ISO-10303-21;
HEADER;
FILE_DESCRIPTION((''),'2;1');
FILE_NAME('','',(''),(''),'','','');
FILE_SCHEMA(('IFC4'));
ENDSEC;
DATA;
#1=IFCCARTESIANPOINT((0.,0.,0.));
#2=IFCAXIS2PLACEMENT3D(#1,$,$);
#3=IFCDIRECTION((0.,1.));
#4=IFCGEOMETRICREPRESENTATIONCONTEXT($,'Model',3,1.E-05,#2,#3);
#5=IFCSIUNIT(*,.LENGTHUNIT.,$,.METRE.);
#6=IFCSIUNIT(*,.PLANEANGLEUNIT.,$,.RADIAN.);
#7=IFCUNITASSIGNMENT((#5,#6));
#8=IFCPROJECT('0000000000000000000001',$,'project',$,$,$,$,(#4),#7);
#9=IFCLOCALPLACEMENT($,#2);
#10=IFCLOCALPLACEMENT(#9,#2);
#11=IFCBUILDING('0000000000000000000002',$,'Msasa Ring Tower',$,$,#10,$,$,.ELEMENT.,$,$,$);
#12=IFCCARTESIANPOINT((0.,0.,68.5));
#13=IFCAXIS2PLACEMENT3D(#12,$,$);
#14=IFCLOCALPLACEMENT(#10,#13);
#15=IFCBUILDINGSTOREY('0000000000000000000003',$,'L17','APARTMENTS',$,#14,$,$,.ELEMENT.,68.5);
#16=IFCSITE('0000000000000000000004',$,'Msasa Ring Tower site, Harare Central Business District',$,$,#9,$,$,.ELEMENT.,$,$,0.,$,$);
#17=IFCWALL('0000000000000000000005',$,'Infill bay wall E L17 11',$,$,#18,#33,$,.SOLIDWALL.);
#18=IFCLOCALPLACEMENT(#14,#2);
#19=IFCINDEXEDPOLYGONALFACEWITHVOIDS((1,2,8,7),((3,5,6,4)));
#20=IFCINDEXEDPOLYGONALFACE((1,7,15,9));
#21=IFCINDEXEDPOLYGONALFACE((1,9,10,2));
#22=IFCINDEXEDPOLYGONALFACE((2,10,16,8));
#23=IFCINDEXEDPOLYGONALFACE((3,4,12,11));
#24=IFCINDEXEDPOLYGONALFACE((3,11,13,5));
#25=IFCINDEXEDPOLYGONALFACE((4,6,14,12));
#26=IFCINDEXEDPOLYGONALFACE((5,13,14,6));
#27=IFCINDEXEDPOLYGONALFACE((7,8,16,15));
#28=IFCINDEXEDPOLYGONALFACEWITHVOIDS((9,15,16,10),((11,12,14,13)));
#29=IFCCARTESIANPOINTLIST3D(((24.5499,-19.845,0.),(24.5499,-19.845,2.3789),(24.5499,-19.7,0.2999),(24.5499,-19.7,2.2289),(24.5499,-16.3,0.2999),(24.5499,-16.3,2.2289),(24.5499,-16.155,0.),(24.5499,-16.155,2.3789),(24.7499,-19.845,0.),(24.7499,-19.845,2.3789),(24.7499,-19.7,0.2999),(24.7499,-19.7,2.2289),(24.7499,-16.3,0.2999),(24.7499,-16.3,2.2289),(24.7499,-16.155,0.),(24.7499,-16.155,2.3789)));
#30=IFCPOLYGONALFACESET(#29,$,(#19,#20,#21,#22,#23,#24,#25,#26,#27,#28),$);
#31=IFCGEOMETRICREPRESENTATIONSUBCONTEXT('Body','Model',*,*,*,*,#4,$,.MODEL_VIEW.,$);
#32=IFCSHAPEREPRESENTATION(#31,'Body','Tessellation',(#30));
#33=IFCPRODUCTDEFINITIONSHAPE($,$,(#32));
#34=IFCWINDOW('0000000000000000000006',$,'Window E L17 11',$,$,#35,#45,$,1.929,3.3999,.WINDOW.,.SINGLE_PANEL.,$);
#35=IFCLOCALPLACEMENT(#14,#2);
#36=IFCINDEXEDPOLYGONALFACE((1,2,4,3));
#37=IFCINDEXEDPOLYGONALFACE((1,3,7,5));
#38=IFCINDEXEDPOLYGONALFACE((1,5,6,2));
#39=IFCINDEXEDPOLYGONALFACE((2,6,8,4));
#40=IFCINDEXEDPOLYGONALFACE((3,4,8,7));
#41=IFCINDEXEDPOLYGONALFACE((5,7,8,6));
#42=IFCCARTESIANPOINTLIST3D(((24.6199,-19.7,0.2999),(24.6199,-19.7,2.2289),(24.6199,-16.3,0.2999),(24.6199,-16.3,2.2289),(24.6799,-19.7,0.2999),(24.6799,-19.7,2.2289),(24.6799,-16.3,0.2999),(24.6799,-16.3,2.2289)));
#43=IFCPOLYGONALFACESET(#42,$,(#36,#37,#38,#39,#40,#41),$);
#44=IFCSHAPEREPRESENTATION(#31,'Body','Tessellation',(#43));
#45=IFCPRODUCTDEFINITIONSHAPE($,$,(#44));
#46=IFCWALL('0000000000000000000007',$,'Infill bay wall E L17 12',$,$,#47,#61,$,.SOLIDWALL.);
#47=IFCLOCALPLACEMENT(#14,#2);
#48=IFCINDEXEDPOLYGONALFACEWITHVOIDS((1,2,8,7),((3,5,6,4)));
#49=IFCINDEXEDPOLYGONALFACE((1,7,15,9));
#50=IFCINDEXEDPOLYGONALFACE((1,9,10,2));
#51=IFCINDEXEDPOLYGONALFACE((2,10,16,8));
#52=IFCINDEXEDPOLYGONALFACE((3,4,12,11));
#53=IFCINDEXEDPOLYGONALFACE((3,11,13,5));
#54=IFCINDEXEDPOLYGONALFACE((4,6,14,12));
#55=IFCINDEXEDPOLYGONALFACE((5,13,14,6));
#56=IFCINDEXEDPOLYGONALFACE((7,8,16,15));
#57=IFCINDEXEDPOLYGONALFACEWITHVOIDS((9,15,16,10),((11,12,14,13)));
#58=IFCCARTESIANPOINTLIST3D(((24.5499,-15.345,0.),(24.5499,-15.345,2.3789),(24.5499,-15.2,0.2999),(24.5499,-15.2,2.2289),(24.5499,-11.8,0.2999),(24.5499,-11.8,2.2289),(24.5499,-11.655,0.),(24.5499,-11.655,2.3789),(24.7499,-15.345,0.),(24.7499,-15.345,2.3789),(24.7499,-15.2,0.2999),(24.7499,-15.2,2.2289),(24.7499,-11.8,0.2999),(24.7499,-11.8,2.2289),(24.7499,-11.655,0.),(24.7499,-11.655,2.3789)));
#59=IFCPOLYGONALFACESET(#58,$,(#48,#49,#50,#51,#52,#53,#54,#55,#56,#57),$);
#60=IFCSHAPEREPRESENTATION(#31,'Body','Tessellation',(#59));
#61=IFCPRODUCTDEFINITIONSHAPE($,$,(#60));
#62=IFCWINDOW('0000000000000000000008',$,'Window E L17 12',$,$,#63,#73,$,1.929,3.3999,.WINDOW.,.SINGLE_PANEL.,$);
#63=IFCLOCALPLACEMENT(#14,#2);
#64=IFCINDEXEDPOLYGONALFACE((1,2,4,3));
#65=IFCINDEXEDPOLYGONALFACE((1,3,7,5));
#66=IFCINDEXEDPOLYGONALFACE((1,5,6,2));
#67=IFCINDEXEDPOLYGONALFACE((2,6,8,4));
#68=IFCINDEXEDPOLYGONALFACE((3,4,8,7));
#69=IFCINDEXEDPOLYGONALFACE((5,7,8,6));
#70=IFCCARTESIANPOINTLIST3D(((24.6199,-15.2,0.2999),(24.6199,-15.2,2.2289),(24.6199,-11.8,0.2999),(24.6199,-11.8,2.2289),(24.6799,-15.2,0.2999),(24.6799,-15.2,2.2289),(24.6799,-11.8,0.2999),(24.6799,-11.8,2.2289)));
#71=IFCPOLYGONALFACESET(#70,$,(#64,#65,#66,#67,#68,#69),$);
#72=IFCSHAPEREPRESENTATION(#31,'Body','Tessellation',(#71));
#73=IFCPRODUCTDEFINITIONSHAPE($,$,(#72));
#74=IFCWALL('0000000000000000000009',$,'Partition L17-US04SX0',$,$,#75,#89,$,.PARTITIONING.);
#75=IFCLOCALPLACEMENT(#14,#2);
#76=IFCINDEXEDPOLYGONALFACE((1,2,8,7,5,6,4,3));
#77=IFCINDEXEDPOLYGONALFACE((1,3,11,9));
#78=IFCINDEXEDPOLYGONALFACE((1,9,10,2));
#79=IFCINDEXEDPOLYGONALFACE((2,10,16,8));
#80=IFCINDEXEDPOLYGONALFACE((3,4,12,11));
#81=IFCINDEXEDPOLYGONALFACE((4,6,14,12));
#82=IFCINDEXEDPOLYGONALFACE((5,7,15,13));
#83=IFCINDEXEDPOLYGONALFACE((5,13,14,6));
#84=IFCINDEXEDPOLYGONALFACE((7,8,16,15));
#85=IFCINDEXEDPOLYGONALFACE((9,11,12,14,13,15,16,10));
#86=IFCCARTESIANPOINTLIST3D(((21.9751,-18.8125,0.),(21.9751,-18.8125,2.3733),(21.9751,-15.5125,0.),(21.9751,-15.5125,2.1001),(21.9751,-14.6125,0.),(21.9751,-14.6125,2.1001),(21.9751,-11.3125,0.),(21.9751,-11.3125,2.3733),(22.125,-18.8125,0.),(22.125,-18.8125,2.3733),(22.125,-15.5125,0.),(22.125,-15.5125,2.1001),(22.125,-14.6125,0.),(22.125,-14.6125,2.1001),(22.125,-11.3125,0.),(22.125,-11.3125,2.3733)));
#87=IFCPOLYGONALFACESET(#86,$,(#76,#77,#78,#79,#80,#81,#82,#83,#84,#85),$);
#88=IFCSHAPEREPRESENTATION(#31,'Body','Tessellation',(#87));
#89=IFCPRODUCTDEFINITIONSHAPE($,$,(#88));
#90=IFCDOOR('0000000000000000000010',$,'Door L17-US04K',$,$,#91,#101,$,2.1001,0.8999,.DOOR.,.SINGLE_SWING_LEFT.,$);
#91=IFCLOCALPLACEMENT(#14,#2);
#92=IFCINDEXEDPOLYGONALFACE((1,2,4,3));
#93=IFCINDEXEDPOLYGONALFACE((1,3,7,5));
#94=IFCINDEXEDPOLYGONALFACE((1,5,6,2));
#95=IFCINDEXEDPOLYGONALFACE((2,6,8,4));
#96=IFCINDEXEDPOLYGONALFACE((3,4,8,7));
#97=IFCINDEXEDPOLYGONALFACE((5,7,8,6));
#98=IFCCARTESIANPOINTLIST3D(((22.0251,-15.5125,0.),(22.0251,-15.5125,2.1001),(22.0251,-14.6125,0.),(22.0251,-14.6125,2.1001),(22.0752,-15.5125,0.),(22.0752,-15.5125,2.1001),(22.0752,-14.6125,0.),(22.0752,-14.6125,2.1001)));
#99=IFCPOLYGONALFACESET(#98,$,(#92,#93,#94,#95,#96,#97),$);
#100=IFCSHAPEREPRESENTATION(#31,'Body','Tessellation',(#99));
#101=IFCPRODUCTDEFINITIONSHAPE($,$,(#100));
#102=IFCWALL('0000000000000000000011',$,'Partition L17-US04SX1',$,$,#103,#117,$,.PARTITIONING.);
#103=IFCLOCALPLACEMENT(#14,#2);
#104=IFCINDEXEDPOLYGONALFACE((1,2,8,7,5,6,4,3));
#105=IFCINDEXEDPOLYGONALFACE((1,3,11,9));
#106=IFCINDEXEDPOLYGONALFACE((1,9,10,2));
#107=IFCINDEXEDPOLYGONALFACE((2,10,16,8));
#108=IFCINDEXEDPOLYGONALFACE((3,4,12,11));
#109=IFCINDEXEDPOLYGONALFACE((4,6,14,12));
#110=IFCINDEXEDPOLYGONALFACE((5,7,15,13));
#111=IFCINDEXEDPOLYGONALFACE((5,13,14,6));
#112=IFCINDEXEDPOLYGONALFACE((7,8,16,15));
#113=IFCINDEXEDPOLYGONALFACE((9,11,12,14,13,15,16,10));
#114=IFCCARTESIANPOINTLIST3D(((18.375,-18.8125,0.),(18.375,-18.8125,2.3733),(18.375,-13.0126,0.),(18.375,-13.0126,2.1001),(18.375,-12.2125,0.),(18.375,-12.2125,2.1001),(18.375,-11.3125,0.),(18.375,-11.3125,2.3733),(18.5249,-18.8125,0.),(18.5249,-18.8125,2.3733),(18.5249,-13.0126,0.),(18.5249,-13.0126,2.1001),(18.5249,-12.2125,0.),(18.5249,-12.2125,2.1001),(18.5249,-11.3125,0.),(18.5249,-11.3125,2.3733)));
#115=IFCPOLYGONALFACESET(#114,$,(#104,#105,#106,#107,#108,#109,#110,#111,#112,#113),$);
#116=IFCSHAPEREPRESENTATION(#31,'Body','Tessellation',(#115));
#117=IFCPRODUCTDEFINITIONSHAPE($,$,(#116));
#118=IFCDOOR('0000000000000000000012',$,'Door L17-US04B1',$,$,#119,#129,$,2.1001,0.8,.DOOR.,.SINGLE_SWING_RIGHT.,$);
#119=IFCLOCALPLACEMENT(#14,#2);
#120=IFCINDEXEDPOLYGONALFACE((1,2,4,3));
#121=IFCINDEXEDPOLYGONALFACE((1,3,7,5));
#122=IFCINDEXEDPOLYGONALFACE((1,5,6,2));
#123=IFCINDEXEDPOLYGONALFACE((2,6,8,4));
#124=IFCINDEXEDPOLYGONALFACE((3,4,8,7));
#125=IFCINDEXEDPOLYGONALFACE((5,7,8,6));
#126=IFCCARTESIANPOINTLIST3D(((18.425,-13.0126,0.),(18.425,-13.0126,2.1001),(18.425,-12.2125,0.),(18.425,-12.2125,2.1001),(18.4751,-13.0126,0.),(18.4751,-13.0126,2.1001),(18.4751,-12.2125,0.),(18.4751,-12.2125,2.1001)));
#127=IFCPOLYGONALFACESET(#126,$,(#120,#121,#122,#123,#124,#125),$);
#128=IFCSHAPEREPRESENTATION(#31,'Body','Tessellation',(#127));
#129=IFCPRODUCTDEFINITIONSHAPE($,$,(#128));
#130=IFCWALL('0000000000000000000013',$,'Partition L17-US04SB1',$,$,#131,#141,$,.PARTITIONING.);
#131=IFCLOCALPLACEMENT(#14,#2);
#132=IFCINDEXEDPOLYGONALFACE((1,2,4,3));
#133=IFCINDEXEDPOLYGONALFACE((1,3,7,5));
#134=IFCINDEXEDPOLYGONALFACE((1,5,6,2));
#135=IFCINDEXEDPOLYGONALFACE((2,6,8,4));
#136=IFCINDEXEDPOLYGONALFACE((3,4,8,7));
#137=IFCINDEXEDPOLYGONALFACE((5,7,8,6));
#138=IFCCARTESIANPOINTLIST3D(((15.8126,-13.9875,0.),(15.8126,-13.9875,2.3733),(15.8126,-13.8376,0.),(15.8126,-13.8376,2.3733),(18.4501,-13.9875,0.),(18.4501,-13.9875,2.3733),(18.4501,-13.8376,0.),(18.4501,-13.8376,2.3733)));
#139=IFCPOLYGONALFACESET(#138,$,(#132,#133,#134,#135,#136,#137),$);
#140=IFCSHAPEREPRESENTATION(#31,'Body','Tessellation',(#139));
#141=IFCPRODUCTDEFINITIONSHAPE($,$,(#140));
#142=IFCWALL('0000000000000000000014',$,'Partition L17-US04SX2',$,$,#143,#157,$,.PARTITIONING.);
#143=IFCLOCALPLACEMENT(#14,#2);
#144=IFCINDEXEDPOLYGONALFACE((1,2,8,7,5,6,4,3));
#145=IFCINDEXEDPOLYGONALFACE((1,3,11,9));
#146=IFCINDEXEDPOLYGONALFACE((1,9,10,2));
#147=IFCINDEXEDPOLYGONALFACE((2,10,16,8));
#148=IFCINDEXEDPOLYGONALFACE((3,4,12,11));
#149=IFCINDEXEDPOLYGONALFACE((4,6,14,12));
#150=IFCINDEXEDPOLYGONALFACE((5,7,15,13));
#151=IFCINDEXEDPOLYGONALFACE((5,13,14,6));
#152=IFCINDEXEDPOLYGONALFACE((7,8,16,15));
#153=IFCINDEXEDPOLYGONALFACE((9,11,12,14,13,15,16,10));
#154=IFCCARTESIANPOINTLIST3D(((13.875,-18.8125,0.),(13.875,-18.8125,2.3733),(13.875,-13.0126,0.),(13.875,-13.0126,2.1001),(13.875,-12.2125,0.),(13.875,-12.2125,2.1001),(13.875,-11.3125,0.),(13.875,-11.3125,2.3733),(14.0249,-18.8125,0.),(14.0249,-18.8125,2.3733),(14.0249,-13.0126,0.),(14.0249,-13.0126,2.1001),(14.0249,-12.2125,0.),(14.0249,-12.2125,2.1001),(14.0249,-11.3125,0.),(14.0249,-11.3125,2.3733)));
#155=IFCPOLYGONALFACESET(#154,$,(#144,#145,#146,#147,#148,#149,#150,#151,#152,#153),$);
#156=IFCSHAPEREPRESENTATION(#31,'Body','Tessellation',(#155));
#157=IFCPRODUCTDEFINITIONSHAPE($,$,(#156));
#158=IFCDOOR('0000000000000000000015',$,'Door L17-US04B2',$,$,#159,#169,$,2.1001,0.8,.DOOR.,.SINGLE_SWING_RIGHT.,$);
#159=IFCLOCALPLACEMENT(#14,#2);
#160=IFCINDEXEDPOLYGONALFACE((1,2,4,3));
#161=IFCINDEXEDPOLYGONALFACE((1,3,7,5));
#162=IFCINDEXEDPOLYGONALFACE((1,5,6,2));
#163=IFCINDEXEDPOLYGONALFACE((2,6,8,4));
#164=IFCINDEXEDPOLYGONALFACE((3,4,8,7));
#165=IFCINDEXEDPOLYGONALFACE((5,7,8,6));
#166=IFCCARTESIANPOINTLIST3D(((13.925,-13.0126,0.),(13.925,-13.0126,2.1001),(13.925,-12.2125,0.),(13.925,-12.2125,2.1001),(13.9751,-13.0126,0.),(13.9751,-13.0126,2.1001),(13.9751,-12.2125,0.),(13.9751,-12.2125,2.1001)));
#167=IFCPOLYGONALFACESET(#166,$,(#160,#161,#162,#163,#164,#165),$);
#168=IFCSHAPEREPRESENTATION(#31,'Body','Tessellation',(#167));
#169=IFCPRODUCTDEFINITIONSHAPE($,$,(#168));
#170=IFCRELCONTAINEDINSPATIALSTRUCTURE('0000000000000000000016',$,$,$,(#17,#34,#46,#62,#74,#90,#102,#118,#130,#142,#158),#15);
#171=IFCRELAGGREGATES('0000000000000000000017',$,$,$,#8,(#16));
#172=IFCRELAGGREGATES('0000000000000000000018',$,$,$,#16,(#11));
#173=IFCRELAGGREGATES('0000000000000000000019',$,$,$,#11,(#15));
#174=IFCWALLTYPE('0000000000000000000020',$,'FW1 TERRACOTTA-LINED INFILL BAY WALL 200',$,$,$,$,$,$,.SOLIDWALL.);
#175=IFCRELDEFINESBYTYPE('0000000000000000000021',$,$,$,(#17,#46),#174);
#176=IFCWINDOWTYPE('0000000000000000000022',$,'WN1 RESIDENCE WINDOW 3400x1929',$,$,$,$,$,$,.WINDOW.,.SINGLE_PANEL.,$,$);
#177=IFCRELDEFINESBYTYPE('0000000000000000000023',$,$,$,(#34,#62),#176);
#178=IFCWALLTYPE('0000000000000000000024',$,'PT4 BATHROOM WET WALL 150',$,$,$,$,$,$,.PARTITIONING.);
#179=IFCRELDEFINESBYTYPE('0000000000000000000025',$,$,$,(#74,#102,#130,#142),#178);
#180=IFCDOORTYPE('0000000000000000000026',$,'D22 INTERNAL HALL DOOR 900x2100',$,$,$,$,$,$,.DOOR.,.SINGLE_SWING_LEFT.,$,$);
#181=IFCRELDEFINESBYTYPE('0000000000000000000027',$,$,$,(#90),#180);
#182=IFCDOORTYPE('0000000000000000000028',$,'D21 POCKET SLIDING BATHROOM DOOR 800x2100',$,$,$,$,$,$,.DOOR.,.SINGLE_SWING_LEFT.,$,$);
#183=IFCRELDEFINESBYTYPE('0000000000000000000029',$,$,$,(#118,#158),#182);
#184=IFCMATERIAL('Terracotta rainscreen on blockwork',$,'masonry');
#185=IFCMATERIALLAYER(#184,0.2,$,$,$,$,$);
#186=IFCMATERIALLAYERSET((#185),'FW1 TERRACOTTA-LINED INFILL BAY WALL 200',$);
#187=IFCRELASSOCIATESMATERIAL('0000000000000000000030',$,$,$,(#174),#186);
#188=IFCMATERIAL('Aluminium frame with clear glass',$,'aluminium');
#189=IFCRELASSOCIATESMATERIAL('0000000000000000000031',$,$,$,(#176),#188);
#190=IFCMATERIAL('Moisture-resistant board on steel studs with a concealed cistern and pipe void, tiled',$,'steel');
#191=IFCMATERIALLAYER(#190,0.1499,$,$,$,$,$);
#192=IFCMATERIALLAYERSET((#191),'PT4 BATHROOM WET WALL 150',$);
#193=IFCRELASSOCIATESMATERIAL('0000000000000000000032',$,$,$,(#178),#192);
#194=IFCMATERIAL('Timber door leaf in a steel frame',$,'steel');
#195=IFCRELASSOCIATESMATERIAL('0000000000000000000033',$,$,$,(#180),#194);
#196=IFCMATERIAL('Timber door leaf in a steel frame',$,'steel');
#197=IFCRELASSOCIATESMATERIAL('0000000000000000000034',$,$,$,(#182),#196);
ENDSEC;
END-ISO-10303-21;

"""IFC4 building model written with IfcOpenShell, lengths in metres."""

from ifc_helpers import new_model, si_unit, direction, frame, frame_2d, origin, place, context, subcontext, project, spatial, rectangle, extrude, material, layer, layer_set, type_object, element, fill, save


model = new_model("IFC4")

# Units and contexts
model_context = context("Model", 3, precision=1e-05, world=origin(), true_north=direction((0.0, 1.0)))
body_context = subcontext(model_context, "Body", "Model", "MODEL_VIEW")
ifc_project = project(units=[si_unit("LENGTHUNIT", "METRE"), si_unit("PLANEANGLEUNIT", "RADIAN")], contexts=[model_context])

# Site, building, storey
site_placement = place(None, origin())
site = spatial("IfcSite", under=ifc_project, at=site_placement, Name="Msasa Ring Tower site, Harare Central Business District", CompositionType="ELEMENT", RefElevation=0.0)
building_placement = place(site_placement, origin())
building = spatial("IfcBuilding", under=site, at=building_placement, Name="Msasa Ring Tower", CompositionType="ELEMENT")
storey_placement = place(building_placement, frame((0.0, 0.0, 68.5)))
storey = spatial("IfcBuildingStorey", under=building, at=storey_placement, Name="L17", Description="APARTMENTS", CompositionType="ELEMENT", Elevation=68.5)

# Walls, openings, windows
ifc_material_1 = material(Name="Terracotta rainscreen on blockwork", Category="masonry")
ifc_layer_1 = layer(ifc_material_1, 0.2)
ifc_layer_set_1 = layer_set([ifc_layer_1], Name="FW1 TERRACOTTA-LINED INFILL BAY WALL 200")
wall_type_1 = type_object("IfcWallType", Name="FW1 TERRACOTTA-LINED INFILL BAY WALL 200", PredefinedType="SOLIDWALL", material=ifc_layer_set_1)
wall_1_placement = place(storey_placement, frame((24.6499, -19.845, 0.0), z_axis=(0.0, 0.0, 1.0), x_axis=(0.0, 1.0, 0.0)))
wall_1 = element("IfcWall", 1, at=wall_1_placement, inside=storey, type_object=wall_type_1, Name="Infill bay wall E L17 11", PredefinedType="SOLIDWALL", context=body_context, shape_type="SweptSolid", body=[
    extrude(rectangle(XDim=3.6899, YDim=0.2, at=frame_2d((1.845, 0.0))), origin(), (0.0, 0.0, 1.0), 2.3789),
])
opening_1_placement = place(wall_1_placement, frame((0.145, 0.0, 0.3)))
opening_1 = element("IfcOpeningElement", 2, at=opening_1_placement, cuts=wall_1, PredefinedType="OPENING", context=body_context, shape_type="SweptSolid", body=[
    extrude(rectangle(XDim=3.3999, YDim=1.929, at=frame_2d((1.7, 0.9644))), frame((0.0, 0.1099, 0.0), z_axis=(0.0, -1.0, 0.0), x_axis=(1.0, 0.0, 0.0)), (0.0, 0.0, 1.0), 0.22),
])
ifc_material_2 = material(Name="Aluminium frame with clear glass", Category="aluminium")
window_type = type_object("IfcWindowType", Name="WN1 RESIDENCE WINDOW 3400x1929", PartitioningType="SINGLE_PANEL", PredefinedType="WINDOW", material=ifc_material_2)
window_1_placement = place(opening_1_placement, origin())
window_1 = element("IfcWindow", 3, at=window_1_placement, inside=storey, type_object=window_type, Name="Window E L17 11", OverallHeight=1.929, OverallWidth=3.3999, PartitioningType="SINGLE_PANEL", PredefinedType="WINDOW", context=body_context, shape_type="SweptSolid", body=[
    extrude(rectangle(XDim=3.3999, YDim=1.929, at=frame_2d((1.7, 0.9644))), frame((0.0, 0.03, 0.0), z_axis=(0.0, -1.0, 0.0), x_axis=(1.0, 0.0, 0.0)), (0.0, 0.0, 1.0), 0.0601),
])
fill(opening_1, window_1)
wall_2_placement = place(storey_placement, frame((24.6499, -15.345, 0.0), z_axis=(0.0, 0.0, 1.0), x_axis=(0.0, 1.0, 0.0)))
wall_2 = element("IfcWall", 4, at=wall_2_placement, inside=storey, type_object=wall_type_1, Name="Infill bay wall E L17 12", PredefinedType="SOLIDWALL", context=body_context, shape_type="SweptSolid", body=[
    extrude(rectangle(XDim=3.6899, YDim=0.2, at=frame_2d((1.845, 0.0))), origin(), (0.0, 0.0, 1.0), 2.3789),
])
opening_2_placement = place(wall_2_placement, frame((0.145, 0.0, 0.3)))
opening_2 = element("IfcOpeningElement", 5, at=opening_2_placement, cuts=wall_2, PredefinedType="OPENING", context=body_context, shape_type="SweptSolid", body=[
    extrude(rectangle(XDim=3.3999, YDim=1.929, at=frame_2d((1.7, 0.9644))), frame((0.0, 0.1099, 0.0), z_axis=(0.0, -1.0, 0.0), x_axis=(1.0, 0.0, 0.0)), (0.0, 0.0, 1.0), 0.22),
])
window_2_placement = place(opening_2_placement, origin())
window_2 = element("IfcWindow", 6, at=window_2_placement, inside=storey, type_object=window_type, Name="Window E L17 12", OverallHeight=1.929, OverallWidth=3.3999, PartitioningType="SINGLE_PANEL", PredefinedType="WINDOW", context=body_context, shape_type="SweptSolid", body=[
    extrude(rectangle(XDim=3.3999, YDim=1.929, at=frame_2d((1.7, 0.9644))), frame((0.0, 0.03, 0.0), z_axis=(0.0, -1.0, 0.0), x_axis=(1.0, 0.0, 0.0)), (0.0, 0.0, 1.0), 0.0601),
])
fill(opening_2, window_2)

# Walls, openings, doors
ifc_material_3 = material(Name="Moisture-resistant board on steel studs with a concealed cistern and pipe void, tiled", Category="steel")
ifc_layer_2 = layer(ifc_material_3, 0.1499)
ifc_layer_set_2 = layer_set([ifc_layer_2], Name="PT4 BATHROOM WET WALL 150")
wall_type_2 = type_object("IfcWallType", Name="PT4 BATHROOM WET WALL 150", PredefinedType="PARTITIONING", material=ifc_layer_set_2)
wall_3_placement = place(storey_placement, frame((22.05, -18.8125, 0.0), z_axis=(0.0, 0.0, 1.0), x_axis=(0.0, 1.0, 0.0)))
wall_3 = element("IfcWall", 7, at=wall_3_placement, inside=storey, type_object=wall_type_2, Name="Partition L17-US04SX0", PredefinedType="PARTITIONING", context=body_context, shape_type="SweptSolid", body=[
    extrude(rectangle(XDim=7.5, YDim=0.1499, at=frame_2d((3.75, 0.0))), origin(), (0.0, 0.0, 1.0), 2.3733),
])
opening_3_placement = place(wall_3_placement, frame((3.3, 0.0, 0.0)))
opening_3 = element("IfcOpeningElement", 8, at=opening_3_placement, cuts=wall_3, PredefinedType="OPENING", context=body_context, shape_type="SweptSolid", body=[
    extrude(rectangle(XDim=0.8999, YDim=2.1001, at=frame_2d((0.45, 1.05))), frame((0.0, 0.085, 0.0), z_axis=(0.0, -1.0, 0.0), x_axis=(1.0, 0.0, 0.0)), (0.0, 0.0, 1.0), 0.1699),
])
ifc_material_4 = material(Name="Timber door leaf in a steel frame", Category="steel")
door_type_1 = type_object("IfcDoorType", Name="D22 INTERNAL HALL DOOR 900x2100", OperationType="SINGLE_SWING_LEFT", PredefinedType="DOOR", material=ifc_material_4)
door_1_placement = place(opening_3_placement, origin())
door_1 = element("IfcDoor", 9, at=door_1_placement, inside=storey, type_object=door_type_1, Name="Door L17-US04K", OperationType="SINGLE_SWING_LEFT", OverallHeight=2.1001, OverallWidth=0.8999, PredefinedType="DOOR", context=body_context, shape_type="SweptSolid", body=[
    extrude(rectangle(XDim=0.8999, YDim=2.1001, at=frame_2d((0.45, 1.05))), frame((0.0, 0.0249, 0.0), z_axis=(0.0, -1.0, 0.0), x_axis=(1.0, 0.0, 0.0)), (0.0, 0.0, 1.0), 0.05),
])
fill(opening_3, door_1)
wall_4_placement = place(storey_placement, frame((18.45, -18.8125, 0.0), z_axis=(0.0, 0.0, 1.0), x_axis=(0.0, 1.0, 0.0)))
wall_4 = element("IfcWall", 10, at=wall_4_placement, inside=storey, type_object=wall_type_2, Name="Partition L17-US04SX1", PredefinedType="PARTITIONING", context=body_context, shape_type="SweptSolid", body=[
    extrude(rectangle(XDim=7.5, YDim=0.1499, at=frame_2d((3.75, 0.0))), origin(), (0.0, 0.0, 1.0), 2.3733),
])
opening_4_placement = place(wall_4_placement, frame((5.8, 0.0, 0.0)))
opening_4 = element("IfcOpeningElement", 11, at=opening_4_placement, cuts=wall_4, PredefinedType="OPENING", context=body_context, shape_type="SweptSolid", body=[
    extrude(rectangle(XDim=0.8, YDim=2.1001, at=frame_2d((0.3999, 1.05))), frame((0.0, 0.085, 0.0), z_axis=(0.0, -1.0, 0.0), x_axis=(1.0, 0.0, 0.0)), (0.0, 0.0, 1.0), 0.1699),
])
ifc_material_5 = material(Name="Timber door leaf in a steel frame", Category="steel")
door_type_2 = type_object("IfcDoorType", Name="D21 POCKET SLIDING BATHROOM DOOR 800x2100", OperationType="SINGLE_SWING_LEFT", PredefinedType="DOOR", material=ifc_material_5)
door_2_placement = place(opening_4_placement, origin())
door_2 = element("IfcDoor", 12, at=door_2_placement, inside=storey, type_object=door_type_2, Name="Door L17-US04B1", OperationType="SINGLE_SWING_RIGHT", OverallHeight=2.1001, OverallWidth=0.8, PredefinedType="DOOR", context=body_context, shape_type="SweptSolid", body=[
    extrude(rectangle(XDim=0.8, YDim=2.1001, at=frame_2d((0.3999, 1.05))), frame((0.0, 0.0249, 0.0), z_axis=(0.0, -1.0, 0.0), x_axis=(1.0, 0.0, 0.0)), (0.0, 0.0, 1.0), 0.05),
])
fill(opening_4, door_2)

# Wall
wall_5_placement = place(storey_placement, frame((15.8125, -13.9126, 0.0), z_axis=(0.0, 0.0, 1.0), x_axis=(1.0, 0.0, 0.0)))
element("IfcWall", 13, at=wall_5_placement, inside=storey, type_object=wall_type_2, Name="Partition L17-US04SB1", PredefinedType="PARTITIONING", context=body_context, shape_type="SweptSolid", body=[
    extrude(rectangle(XDim=2.6375, YDim=0.1499, at=frame_2d((1.3188, 0.0))), origin(), (0.0, 0.0, 1.0), 2.3733),
])

# Wall, opening, door
wall_6_placement = place(storey_placement, frame((13.95, -18.8125, 0.0), z_axis=(0.0, 0.0, 1.0), x_axis=(0.0, 1.0, 0.0)))
wall_6 = element("IfcWall", 14, at=wall_6_placement, inside=storey, type_object=wall_type_2, Name="Partition L17-US04SX2", PredefinedType="PARTITIONING", context=body_context, shape_type="SweptSolid", body=[
    extrude(rectangle(XDim=7.5, YDim=0.1499, at=frame_2d((3.75, 0.0))), origin(), (0.0, 0.0, 1.0), 2.3733),
])
opening_5_placement = place(wall_6_placement, frame((5.8, 0.0, 0.0)))
opening_5 = element("IfcOpeningElement", 15, at=opening_5_placement, cuts=wall_6, PredefinedType="OPENING", context=body_context, shape_type="SweptSolid", body=[
    extrude(rectangle(XDim=0.8, YDim=2.1001, at=frame_2d((0.3999, 1.05))), frame((0.0, 0.085, 0.0), z_axis=(0.0, -1.0, 0.0), x_axis=(1.0, 0.0, 0.0)), (0.0, 0.0, 1.0), 0.1699),
])
door_3_placement = place(opening_5_placement, origin())
door_3 = element("IfcDoor", 16, at=door_3_placement, inside=storey, type_object=door_type_2, Name="Door L17-US04B2", OperationType="SINGLE_SWING_RIGHT", OverallHeight=2.1001, OverallWidth=0.8, PredefinedType="DOOR", context=body_context, shape_type="SweptSolid", body=[
    extrude(rectangle(XDim=0.8, YDim=2.1001, at=frame_2d((0.3999, 1.05))), frame((0.0, 0.0249, 0.0), z_axis=(0.0, -1.0, 0.0), x_axis=(1.0, 0.0, 0.0)), (0.0, 0.0, 1.0), 0.05),
])
fill(opening_5, door_3)

save(model, "model.ifc")
